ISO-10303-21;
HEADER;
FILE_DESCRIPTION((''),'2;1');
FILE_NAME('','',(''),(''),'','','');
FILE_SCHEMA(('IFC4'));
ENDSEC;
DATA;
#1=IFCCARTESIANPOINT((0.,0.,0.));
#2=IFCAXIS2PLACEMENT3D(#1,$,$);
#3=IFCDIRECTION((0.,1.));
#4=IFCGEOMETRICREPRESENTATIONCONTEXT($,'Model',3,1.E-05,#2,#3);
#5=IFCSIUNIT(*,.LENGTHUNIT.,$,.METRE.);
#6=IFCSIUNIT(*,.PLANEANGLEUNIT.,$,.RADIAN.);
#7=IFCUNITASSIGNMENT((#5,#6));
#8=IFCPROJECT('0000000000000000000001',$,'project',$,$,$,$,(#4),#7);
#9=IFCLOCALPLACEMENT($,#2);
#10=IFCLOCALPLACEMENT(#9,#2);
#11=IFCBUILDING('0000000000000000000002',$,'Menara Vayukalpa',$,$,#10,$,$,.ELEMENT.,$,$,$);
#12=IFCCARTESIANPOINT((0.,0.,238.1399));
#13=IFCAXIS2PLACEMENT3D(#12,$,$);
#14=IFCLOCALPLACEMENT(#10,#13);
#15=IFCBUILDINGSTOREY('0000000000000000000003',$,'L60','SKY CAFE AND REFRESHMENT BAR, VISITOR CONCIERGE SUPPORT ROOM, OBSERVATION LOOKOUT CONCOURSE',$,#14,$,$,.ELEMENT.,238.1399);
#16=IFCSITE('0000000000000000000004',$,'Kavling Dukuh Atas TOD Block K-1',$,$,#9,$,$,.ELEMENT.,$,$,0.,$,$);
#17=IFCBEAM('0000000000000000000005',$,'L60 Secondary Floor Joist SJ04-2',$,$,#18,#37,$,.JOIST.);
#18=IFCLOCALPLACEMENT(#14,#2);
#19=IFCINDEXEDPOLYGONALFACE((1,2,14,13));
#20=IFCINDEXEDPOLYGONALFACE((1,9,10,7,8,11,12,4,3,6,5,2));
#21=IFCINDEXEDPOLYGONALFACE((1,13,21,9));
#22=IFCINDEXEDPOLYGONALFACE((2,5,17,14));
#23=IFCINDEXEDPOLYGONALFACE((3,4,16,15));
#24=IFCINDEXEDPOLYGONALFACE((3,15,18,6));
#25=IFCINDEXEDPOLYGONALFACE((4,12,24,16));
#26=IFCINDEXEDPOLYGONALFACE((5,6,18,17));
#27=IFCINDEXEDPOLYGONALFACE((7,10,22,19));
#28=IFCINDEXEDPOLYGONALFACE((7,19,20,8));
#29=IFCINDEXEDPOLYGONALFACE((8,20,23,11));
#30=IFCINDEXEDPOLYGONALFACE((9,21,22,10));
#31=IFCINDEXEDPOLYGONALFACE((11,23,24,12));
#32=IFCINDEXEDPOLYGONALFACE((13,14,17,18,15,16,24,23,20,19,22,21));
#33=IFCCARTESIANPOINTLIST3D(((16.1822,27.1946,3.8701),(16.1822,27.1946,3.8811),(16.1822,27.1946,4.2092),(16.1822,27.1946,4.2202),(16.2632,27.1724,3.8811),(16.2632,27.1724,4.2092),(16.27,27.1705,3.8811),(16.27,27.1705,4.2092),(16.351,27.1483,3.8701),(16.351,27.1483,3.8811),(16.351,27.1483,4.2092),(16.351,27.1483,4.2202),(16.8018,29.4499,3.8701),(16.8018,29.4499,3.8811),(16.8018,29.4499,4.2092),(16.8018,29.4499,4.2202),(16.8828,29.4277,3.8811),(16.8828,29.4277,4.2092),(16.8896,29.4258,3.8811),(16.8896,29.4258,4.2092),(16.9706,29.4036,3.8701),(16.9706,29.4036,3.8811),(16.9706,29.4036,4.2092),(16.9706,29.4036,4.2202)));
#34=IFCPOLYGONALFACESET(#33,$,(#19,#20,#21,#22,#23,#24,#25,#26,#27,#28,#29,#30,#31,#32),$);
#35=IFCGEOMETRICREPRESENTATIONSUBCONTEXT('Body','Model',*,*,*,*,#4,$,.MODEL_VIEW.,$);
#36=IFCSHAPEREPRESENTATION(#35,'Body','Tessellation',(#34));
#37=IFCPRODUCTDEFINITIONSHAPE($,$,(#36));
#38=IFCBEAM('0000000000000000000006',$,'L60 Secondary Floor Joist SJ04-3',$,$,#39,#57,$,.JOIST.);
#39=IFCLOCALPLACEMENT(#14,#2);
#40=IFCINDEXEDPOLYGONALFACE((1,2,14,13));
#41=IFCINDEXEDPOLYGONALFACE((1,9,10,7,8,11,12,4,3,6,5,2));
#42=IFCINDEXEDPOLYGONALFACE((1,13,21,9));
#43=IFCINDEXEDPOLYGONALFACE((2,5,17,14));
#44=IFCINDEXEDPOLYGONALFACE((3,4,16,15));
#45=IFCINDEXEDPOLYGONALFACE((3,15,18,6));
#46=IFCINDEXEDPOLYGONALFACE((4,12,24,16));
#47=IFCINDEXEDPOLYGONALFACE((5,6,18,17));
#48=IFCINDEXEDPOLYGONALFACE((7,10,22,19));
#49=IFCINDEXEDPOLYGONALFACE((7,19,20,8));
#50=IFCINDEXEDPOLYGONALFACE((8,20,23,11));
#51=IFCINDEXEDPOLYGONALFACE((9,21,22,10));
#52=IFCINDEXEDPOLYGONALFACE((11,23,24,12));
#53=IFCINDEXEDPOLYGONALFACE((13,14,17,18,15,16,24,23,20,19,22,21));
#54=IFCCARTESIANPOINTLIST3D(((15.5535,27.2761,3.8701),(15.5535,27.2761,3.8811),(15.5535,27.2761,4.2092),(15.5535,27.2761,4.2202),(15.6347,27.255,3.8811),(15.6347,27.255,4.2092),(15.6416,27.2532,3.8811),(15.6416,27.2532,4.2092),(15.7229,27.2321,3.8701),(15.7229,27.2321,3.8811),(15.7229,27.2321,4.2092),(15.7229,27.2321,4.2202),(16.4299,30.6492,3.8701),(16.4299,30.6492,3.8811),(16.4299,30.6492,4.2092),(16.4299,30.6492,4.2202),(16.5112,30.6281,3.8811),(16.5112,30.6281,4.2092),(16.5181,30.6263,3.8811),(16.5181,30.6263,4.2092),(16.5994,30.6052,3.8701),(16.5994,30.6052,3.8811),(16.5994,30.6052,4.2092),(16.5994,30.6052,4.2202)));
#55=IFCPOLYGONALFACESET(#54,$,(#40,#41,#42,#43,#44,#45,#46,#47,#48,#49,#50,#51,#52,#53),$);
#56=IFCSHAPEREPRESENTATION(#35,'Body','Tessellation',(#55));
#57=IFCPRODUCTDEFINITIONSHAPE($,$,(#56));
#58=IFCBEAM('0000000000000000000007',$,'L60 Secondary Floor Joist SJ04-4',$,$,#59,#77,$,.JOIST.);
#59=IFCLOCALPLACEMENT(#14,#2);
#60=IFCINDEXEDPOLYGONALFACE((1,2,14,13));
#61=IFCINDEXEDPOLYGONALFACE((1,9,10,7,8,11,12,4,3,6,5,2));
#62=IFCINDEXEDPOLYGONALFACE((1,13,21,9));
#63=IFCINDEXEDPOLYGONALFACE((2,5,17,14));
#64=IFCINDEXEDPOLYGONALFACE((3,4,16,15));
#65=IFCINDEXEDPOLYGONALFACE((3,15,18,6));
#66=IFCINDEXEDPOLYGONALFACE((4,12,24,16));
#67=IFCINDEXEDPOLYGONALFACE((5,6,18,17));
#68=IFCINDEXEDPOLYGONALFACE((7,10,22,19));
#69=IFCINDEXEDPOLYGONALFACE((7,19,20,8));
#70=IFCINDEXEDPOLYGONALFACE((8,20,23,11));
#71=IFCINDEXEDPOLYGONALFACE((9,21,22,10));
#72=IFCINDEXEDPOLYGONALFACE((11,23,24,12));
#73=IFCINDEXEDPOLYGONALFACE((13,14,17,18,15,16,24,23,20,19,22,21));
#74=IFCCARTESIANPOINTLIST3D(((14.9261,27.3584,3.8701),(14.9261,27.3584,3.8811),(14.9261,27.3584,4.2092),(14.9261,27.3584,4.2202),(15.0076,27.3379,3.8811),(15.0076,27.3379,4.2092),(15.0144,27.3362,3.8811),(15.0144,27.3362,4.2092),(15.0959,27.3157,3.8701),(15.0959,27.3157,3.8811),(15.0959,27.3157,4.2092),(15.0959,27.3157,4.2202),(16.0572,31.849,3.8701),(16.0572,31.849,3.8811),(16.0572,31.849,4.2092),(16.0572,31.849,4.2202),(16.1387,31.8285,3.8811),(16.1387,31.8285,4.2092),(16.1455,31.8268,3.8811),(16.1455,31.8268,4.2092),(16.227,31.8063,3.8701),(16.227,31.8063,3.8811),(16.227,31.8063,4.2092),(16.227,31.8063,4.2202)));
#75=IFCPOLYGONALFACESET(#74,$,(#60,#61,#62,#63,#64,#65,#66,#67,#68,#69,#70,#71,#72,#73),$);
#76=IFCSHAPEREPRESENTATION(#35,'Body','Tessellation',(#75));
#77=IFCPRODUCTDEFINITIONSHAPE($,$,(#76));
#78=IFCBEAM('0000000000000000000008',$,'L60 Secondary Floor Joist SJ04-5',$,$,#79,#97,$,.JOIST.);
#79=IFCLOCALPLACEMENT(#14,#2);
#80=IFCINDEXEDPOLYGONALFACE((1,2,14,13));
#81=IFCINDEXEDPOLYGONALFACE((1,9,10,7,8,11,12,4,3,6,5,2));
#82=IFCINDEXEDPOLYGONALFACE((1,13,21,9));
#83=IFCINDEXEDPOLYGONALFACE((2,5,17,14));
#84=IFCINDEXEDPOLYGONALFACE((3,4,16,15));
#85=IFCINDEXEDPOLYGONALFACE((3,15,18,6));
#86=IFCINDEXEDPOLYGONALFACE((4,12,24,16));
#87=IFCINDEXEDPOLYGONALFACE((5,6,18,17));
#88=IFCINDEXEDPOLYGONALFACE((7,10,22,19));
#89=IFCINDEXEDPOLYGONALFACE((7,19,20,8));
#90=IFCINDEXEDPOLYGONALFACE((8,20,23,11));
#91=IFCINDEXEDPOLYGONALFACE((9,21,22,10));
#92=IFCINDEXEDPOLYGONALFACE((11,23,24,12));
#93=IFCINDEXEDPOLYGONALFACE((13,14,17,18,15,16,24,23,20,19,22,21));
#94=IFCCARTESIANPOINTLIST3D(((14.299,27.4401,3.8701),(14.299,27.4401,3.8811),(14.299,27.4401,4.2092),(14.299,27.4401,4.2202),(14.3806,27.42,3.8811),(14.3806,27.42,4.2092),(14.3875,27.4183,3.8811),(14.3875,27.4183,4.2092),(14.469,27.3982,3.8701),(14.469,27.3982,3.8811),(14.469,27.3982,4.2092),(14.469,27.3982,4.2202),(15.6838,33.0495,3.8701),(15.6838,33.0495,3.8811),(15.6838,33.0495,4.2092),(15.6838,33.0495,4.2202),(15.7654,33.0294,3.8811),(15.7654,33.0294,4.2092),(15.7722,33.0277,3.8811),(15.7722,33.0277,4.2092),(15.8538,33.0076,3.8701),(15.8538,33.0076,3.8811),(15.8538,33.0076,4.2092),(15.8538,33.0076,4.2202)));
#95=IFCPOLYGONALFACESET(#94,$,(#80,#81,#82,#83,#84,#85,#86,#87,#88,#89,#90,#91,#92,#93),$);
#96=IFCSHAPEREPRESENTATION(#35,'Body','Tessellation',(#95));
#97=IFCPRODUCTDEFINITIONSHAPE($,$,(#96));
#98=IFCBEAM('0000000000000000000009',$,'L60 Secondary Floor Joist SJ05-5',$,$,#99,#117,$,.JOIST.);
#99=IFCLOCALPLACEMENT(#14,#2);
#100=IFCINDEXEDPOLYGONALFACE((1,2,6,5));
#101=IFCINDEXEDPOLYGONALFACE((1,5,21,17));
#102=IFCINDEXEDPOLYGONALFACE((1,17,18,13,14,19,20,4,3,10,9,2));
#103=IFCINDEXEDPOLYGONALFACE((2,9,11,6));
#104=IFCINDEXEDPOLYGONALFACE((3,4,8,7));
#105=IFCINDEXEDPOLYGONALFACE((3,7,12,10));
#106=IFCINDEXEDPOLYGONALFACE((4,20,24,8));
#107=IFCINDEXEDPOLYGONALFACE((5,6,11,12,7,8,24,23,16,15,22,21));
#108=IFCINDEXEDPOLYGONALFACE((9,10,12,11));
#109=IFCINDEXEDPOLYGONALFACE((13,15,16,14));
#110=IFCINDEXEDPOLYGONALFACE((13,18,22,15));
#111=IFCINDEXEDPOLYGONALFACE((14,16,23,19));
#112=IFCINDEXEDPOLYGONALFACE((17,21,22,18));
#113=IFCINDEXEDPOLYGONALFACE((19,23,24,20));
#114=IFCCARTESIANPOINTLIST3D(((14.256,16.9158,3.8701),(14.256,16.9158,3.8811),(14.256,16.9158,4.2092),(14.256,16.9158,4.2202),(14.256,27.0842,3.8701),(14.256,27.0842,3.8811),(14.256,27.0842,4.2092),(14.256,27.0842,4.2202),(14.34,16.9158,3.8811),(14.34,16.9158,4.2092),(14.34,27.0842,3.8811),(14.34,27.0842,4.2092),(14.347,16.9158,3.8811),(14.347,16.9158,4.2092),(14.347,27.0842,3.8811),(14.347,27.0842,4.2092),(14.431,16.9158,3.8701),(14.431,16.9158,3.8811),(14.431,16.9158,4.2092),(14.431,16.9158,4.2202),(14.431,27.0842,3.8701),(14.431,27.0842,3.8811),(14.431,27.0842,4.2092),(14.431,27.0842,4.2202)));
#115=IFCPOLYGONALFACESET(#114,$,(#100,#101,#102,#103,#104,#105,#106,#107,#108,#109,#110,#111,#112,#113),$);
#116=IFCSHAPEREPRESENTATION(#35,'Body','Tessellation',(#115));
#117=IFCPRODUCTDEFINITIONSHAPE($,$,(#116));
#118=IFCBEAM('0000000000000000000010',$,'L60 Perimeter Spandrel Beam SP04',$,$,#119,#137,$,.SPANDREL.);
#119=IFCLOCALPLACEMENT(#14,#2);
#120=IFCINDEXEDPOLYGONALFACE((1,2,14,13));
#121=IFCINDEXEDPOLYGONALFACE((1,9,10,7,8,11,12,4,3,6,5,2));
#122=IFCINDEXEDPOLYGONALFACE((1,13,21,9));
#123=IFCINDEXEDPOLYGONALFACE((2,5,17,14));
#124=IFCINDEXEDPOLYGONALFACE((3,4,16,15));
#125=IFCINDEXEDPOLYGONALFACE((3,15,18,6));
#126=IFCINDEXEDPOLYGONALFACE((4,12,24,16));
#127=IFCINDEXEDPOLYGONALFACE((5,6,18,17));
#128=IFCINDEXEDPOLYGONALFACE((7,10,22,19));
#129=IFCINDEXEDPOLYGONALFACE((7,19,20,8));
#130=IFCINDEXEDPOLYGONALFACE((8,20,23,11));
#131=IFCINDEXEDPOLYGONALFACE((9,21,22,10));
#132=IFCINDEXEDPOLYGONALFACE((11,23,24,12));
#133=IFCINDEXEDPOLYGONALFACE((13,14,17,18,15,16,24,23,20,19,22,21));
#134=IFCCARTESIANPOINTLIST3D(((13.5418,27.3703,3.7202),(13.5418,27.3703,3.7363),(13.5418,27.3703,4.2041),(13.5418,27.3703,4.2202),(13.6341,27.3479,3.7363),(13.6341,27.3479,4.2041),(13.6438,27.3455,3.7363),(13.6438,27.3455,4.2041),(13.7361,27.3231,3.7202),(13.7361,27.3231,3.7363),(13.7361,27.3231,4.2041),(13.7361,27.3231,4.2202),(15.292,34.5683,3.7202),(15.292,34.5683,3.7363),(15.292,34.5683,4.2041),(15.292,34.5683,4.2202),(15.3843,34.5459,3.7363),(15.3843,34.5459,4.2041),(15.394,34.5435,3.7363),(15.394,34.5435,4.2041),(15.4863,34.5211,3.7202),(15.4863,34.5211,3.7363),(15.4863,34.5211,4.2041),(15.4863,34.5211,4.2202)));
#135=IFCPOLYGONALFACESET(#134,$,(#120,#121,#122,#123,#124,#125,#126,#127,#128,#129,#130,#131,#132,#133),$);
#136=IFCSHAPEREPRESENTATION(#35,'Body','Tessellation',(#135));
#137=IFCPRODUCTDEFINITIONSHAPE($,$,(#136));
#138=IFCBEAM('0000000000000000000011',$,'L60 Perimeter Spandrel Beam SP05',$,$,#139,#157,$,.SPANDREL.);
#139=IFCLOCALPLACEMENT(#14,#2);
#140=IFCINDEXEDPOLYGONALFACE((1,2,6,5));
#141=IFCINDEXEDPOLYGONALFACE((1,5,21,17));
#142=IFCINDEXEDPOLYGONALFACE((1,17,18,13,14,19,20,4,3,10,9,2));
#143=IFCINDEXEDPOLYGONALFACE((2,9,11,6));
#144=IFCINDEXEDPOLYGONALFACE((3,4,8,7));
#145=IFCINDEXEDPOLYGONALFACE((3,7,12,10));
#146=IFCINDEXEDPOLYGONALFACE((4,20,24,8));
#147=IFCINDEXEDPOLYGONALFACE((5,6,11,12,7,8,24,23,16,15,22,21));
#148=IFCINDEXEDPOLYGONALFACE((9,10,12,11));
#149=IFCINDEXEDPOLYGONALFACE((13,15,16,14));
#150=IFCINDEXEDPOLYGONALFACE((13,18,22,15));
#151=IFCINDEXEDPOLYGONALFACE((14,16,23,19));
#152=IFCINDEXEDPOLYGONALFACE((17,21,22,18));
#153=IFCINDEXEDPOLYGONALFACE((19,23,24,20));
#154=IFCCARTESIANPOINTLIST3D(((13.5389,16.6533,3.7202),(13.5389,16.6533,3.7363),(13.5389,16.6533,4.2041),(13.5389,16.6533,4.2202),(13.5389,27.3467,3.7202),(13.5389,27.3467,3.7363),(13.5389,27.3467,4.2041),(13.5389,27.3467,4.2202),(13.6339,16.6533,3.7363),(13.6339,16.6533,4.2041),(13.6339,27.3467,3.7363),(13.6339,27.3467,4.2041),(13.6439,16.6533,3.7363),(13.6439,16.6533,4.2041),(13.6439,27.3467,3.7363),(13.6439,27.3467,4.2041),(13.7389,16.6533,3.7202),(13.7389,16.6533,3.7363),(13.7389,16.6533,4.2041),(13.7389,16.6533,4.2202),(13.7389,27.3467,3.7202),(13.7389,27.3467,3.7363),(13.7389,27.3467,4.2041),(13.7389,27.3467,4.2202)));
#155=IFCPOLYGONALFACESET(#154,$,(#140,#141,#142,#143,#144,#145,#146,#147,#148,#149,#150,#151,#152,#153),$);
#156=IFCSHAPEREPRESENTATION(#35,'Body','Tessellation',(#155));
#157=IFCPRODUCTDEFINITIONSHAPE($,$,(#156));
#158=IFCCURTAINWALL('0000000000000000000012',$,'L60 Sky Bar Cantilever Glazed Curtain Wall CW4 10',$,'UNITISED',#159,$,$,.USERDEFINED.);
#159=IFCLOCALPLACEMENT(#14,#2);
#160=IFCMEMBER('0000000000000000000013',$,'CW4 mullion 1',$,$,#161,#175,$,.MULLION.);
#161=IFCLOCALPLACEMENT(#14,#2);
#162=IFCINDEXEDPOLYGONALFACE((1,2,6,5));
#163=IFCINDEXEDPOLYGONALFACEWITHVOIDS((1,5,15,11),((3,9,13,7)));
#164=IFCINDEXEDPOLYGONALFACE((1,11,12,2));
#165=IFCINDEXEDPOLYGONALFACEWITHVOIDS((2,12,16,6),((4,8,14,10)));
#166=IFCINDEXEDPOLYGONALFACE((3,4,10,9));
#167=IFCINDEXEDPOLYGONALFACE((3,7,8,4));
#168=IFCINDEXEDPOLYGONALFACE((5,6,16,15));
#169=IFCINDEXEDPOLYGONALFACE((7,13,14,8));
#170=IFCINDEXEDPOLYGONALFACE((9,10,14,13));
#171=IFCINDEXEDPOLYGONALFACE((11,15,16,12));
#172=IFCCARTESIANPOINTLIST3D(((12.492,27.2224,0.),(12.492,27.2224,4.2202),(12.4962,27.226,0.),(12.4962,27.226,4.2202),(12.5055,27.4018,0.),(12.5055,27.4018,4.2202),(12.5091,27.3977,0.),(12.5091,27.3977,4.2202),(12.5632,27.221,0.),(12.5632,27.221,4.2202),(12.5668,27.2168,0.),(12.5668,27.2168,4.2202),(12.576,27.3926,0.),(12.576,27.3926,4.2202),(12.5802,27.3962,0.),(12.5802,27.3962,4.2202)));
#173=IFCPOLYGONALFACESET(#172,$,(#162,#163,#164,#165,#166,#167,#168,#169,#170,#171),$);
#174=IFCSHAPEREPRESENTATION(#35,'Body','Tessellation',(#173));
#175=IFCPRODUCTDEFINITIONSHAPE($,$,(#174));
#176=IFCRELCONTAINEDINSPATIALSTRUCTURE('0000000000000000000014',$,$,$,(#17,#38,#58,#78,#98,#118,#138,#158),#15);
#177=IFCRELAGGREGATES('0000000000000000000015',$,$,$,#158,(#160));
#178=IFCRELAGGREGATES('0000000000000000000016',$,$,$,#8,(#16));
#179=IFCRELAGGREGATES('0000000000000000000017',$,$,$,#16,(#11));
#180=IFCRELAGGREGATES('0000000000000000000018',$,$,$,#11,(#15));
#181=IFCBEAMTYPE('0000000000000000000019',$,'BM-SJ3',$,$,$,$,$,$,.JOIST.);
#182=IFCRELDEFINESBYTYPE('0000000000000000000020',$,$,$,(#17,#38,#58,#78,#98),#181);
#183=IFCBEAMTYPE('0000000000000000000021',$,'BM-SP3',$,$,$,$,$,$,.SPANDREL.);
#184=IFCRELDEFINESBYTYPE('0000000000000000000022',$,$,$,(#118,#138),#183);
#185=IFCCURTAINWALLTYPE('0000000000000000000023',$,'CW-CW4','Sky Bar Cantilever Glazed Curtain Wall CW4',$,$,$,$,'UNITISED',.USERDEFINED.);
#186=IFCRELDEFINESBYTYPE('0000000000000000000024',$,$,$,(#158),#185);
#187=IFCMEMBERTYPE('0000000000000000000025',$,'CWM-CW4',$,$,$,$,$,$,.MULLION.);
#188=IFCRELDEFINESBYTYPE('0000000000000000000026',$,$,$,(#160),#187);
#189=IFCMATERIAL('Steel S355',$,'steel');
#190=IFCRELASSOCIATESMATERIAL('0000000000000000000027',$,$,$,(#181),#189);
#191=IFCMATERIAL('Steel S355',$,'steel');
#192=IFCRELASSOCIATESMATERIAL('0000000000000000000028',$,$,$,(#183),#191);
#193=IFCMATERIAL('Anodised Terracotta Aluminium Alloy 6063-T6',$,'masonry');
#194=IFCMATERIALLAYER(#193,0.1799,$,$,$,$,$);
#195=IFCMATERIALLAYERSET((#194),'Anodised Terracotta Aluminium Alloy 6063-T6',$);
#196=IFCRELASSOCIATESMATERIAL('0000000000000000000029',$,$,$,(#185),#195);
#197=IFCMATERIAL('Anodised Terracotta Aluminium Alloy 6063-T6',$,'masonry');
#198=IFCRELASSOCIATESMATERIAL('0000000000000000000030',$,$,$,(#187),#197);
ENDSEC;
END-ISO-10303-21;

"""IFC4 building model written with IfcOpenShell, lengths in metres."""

from ifc_helpers import new_model, si_unit, direction, frame, origin, origin_2d, place, context, subcontext, project, spatial, hollow_rectangle, i_section, extrude, material, layer, layer_set, material_profile, profile_set, type_object, element, aggregate, save


model = new_model("IFC4")

# Units and contexts
model_context = context("Model", 3, precision=1e-05, world=origin(), true_north=direction((0.0, 1.0)))
body_context = subcontext(model_context, "Body", "Model", "MODEL_VIEW")
ifc_project = project(units=[si_unit("LENGTHUNIT", "METRE"), si_unit("PLANEANGLEUNIT", "RADIAN")], contexts=[model_context])

# Site, building, storey
site_placement = place(None, origin())
site = spatial("IfcSite", under=ifc_project, at=site_placement, Name="Kavling Dukuh Atas TOD Block K-1", CompositionType="ELEMENT", RefElevation=0.0)
building_placement = place(site_placement, origin())
building = spatial("IfcBuilding", under=site, at=building_placement, Name="Menara Vayukalpa", CompositionType="ELEMENT")
storey_placement = place(building_placement, frame((0.0, 0.0, 238.1399)))
storey = spatial("IfcBuildingStorey", under=building, at=storey_placement, Name="L60", Description="SKY CAFE AND REFRESHMENT BAR, VISITOR CONCIERGE SUPPORT ROOM, OBSERVATION LOOKOUT CONCOURSE", CompositionType="ELEMENT", Elevation=238.1399)

# Beams
ifc_material_1 = material(Name="Steel S355", Category="steel")
ifc_material_profile_1 = material_profile(ifc_material_1, i_section(OverallWidth=0.175, OverallDepth=0.3501, WebThickness=0.0071, FlangeThickness=0.011, at=origin_2d()), Name="WF 350x175x7x11")
ifc_profile_set_1 = profile_set([ifc_material_profile_1], Name="Steel S355")
beam_type_1 = type_object("IfcBeamType", Name="BM-SJ3", PredefinedType="JOIST", material=ifc_profile_set_1)
beam_1_placement = place(storey_placement, frame((16.8862, 29.4268, 4.0452), z_axis=(-0.264919, -0.964271, 0.0), x_axis=(0.964271, -0.264919, 0.0)))
element("IfcBeam", 1, at=beam_1_placement, inside=storey, type_object=beam_type_1, Name="L60 Secondary Floor Joist SJ04-2", PredefinedType="JOIST", context=body_context, shape_type="SweptSolid", body=[
    extrude(i_section(OverallWidth=0.175, OverallDepth=0.3501, WebThickness=0.0071, FlangeThickness=0.011, at=origin_2d()), origin(), (0.0, 0.0, 1.0), 2.3389),
])
beam_2_placement = place(storey_placement, frame((16.5146, 30.6272, 4.0452), z_axis=(-0.251492, -0.967859, 0.0), x_axis=(0.967859, -0.251492, 0.0)))
element("IfcBeam", 2, at=beam_2_placement, inside=storey, type_object=beam_type_1, Name="L60 Secondary Floor Joist SJ04-3", PredefinedType="JOIST", context=body_context, shape_type="SweptSolid", body=[
    extrude(i_section(OverallWidth=0.175, OverallDepth=0.3501, WebThickness=0.0071, FlangeThickness=0.011, at=origin_2d()), origin(), (0.0, 0.0, 1.0), 3.4851),
])
beam_3_placement = place(storey_placement, frame((16.1421, 31.8276, 4.0452), z_axis=(-0.244247, -0.969713, 0.0), x_axis=(0.969713, -0.244247, 0.0)))
element("IfcBeam", 3, at=beam_3_placement, inside=storey, type_object=beam_type_1, Name="L60 Secondary Floor Joist SJ04-4", PredefinedType="JOIST", context=body_context, shape_type="SweptSolid", body=[
    extrude(i_section(OverallWidth=0.175, OverallDepth=0.3501, WebThickness=0.0071, FlangeThickness=0.011, at=origin_2d()), origin(), (0.0, 0.0, 1.0), 4.6309),
])
beam_4_placement = place(storey_placement, frame((15.7688, 33.0286, 4.0452), z_axis=(-0.239671, -0.970854, 0.0), x_axis=(0.970854, -0.239671, 0.0)))
element("IfcBeam", 4, at=beam_4_placement, inside=storey, type_object=beam_type_1, Name="L60 Secondary Floor Joist SJ04-5", PredefinedType="JOIST", context=body_context, shape_type="SweptSolid", body=[
    extrude(i_section(OverallWidth=0.175, OverallDepth=0.3501, WebThickness=0.0071, FlangeThickness=0.011, at=origin_2d()), origin(), (0.0, 0.0, 1.0), 5.7778),
])
beam_5_placement = place(storey_placement, frame((14.3435, 27.0842, 4.0452), z_axis=(0.0, -1.0, 0.0), x_axis=(1.0, 0.0, 0.0)))
element("IfcBeam", 5, at=beam_5_placement, inside=storey, type_object=beam_type_1, Name="L60 Secondary Floor Joist SJ05-5", PredefinedType="JOIST", context=body_context, shape_type="SweptSolid", body=[
    extrude(i_section(OverallWidth=0.175, OverallDepth=0.3501, WebThickness=0.0071, FlangeThickness=0.011, at=origin_2d()), origin(), (0.0, 0.0, 1.0), 10.1685),
])
ifc_material_2 = material(Name="Steel S355", Category="steel")
ifc_material_profile_2 = material_profile(ifc_material_2, i_section(OverallWidth=0.2, OverallDepth=0.5, WebThickness=0.01, FlangeThickness=0.0161, at=origin_2d()), Name="WF 500x200x10x16")
ifc_profile_set_2 = profile_set([ifc_material_profile_2], Name="Steel S355")
beam_type_2 = type_object("IfcBeamType", Name="BM-SP3", PredefinedType="SPANDREL", material=ifc_profile_set_2)
beam_6_placement = place(storey_placement, frame((15.3892, 34.5447, 3.9702), z_axis=(-0.236273, -0.971687, 0.0), x_axis=(0.971687, -0.236273, 0.0)))
element("IfcBeam", 6, at=beam_6_placement, inside=storey, type_object=beam_type_2, Name="L60 Perimeter Spandrel Beam SP04", PredefinedType="SPANDREL", context=body_context, shape_type="SweptSolid", body=[
    extrude(i_section(OverallWidth=0.2, OverallDepth=0.5, WebThickness=0.01, FlangeThickness=0.0161, at=origin_2d()), origin(), (0.0, 0.0, 1.0), 7.4077),
])
beam_7_placement = place(storey_placement, frame((13.6389, 27.3467, 3.9702), z_axis=(0.0, -1.0, 0.0), x_axis=(1.0, 0.0, 0.0)))
element("IfcBeam", 7, at=beam_7_placement, inside=storey, type_object=beam_type_2, Name="L60 Perimeter Spandrel Beam SP05", PredefinedType="SPANDREL", context=body_context, shape_type="SweptSolid", body=[
    extrude(i_section(OverallWidth=0.2, OverallDepth=0.5, WebThickness=0.01, FlangeThickness=0.0161, at=origin_2d()), origin(), (0.0, 0.0, 1.0), 10.6934),
])

# Curtain wall, member
ifc_material_3 = material(Name="Anodised Terracotta Aluminium Alloy 6063-T6", Category="masonry")
ifc_layer_1 = layer(ifc_material_3, 0.1799)
ifc_layer_set_1 = layer_set([ifc_layer_1], Name="Anodised Terracotta Aluminium Alloy 6063-T6")
curtain_wall_type = type_object("IfcCurtainWallType", Name="CW-CW4", Description="Sky Bar Cantilever Glazed Curtain Wall CW4", ElementType="UNITISED", PredefinedType="USERDEFINED", material=ifc_layer_set_1)
curtain_wall_placement = place(storey_placement, origin())
curtain_wall = element("IfcCurtainWall", 8, at=curtain_wall_placement, inside=storey, type_object=curtain_wall_type, Name="L60 Sky Bar Cantilever Glazed Curtain Wall CW4 10", ObjectType="UNITISED", PredefinedType="USERDEFINED")
ifc_material_4 = material(Name="Anodised Terracotta Aluminium Alloy 6063-T6", Category="masonry")
ifc_material_profile_3 = material_profile(ifc_material_4, hollow_rectangle(XDim=0.075, YDim=0.1799, WallThickness=0.0039, at=origin_2d()), Name="ALU 75x180x4")
ifc_profile_set_3 = profile_set([ifc_material_profile_3], Name="Anodised Terracotta Aluminium Alloy 6063-T6")
member_type_1 = type_object("IfcMemberType", Name="CWM-CW4", PredefinedType="MULLION", material=ifc_profile_set_3)
member_1_placement = place(storey_placement, frame((12.5361, 27.3093, 0.0), z_axis=(0.0, 0.0, 1.0), x_axis=(0.997199, -0.074789, 0.0)))
member_1 = element("IfcMember", 9, at=member_1_placement, type_object=member_type_1, Name="CW4 mullion 1", PredefinedType="MULLION", context=body_context, shape_type="SweptSolid", body=[
    extrude(hollow_rectangle(XDim=0.075, YDim=0.1799, WallThickness=0.0039, at=origin_2d()), origin(), (0.0, 0.0, 1.0), 4.2202),
])
aggregate(curtain_wall, [member_1])

save(model, "model.ifc")
